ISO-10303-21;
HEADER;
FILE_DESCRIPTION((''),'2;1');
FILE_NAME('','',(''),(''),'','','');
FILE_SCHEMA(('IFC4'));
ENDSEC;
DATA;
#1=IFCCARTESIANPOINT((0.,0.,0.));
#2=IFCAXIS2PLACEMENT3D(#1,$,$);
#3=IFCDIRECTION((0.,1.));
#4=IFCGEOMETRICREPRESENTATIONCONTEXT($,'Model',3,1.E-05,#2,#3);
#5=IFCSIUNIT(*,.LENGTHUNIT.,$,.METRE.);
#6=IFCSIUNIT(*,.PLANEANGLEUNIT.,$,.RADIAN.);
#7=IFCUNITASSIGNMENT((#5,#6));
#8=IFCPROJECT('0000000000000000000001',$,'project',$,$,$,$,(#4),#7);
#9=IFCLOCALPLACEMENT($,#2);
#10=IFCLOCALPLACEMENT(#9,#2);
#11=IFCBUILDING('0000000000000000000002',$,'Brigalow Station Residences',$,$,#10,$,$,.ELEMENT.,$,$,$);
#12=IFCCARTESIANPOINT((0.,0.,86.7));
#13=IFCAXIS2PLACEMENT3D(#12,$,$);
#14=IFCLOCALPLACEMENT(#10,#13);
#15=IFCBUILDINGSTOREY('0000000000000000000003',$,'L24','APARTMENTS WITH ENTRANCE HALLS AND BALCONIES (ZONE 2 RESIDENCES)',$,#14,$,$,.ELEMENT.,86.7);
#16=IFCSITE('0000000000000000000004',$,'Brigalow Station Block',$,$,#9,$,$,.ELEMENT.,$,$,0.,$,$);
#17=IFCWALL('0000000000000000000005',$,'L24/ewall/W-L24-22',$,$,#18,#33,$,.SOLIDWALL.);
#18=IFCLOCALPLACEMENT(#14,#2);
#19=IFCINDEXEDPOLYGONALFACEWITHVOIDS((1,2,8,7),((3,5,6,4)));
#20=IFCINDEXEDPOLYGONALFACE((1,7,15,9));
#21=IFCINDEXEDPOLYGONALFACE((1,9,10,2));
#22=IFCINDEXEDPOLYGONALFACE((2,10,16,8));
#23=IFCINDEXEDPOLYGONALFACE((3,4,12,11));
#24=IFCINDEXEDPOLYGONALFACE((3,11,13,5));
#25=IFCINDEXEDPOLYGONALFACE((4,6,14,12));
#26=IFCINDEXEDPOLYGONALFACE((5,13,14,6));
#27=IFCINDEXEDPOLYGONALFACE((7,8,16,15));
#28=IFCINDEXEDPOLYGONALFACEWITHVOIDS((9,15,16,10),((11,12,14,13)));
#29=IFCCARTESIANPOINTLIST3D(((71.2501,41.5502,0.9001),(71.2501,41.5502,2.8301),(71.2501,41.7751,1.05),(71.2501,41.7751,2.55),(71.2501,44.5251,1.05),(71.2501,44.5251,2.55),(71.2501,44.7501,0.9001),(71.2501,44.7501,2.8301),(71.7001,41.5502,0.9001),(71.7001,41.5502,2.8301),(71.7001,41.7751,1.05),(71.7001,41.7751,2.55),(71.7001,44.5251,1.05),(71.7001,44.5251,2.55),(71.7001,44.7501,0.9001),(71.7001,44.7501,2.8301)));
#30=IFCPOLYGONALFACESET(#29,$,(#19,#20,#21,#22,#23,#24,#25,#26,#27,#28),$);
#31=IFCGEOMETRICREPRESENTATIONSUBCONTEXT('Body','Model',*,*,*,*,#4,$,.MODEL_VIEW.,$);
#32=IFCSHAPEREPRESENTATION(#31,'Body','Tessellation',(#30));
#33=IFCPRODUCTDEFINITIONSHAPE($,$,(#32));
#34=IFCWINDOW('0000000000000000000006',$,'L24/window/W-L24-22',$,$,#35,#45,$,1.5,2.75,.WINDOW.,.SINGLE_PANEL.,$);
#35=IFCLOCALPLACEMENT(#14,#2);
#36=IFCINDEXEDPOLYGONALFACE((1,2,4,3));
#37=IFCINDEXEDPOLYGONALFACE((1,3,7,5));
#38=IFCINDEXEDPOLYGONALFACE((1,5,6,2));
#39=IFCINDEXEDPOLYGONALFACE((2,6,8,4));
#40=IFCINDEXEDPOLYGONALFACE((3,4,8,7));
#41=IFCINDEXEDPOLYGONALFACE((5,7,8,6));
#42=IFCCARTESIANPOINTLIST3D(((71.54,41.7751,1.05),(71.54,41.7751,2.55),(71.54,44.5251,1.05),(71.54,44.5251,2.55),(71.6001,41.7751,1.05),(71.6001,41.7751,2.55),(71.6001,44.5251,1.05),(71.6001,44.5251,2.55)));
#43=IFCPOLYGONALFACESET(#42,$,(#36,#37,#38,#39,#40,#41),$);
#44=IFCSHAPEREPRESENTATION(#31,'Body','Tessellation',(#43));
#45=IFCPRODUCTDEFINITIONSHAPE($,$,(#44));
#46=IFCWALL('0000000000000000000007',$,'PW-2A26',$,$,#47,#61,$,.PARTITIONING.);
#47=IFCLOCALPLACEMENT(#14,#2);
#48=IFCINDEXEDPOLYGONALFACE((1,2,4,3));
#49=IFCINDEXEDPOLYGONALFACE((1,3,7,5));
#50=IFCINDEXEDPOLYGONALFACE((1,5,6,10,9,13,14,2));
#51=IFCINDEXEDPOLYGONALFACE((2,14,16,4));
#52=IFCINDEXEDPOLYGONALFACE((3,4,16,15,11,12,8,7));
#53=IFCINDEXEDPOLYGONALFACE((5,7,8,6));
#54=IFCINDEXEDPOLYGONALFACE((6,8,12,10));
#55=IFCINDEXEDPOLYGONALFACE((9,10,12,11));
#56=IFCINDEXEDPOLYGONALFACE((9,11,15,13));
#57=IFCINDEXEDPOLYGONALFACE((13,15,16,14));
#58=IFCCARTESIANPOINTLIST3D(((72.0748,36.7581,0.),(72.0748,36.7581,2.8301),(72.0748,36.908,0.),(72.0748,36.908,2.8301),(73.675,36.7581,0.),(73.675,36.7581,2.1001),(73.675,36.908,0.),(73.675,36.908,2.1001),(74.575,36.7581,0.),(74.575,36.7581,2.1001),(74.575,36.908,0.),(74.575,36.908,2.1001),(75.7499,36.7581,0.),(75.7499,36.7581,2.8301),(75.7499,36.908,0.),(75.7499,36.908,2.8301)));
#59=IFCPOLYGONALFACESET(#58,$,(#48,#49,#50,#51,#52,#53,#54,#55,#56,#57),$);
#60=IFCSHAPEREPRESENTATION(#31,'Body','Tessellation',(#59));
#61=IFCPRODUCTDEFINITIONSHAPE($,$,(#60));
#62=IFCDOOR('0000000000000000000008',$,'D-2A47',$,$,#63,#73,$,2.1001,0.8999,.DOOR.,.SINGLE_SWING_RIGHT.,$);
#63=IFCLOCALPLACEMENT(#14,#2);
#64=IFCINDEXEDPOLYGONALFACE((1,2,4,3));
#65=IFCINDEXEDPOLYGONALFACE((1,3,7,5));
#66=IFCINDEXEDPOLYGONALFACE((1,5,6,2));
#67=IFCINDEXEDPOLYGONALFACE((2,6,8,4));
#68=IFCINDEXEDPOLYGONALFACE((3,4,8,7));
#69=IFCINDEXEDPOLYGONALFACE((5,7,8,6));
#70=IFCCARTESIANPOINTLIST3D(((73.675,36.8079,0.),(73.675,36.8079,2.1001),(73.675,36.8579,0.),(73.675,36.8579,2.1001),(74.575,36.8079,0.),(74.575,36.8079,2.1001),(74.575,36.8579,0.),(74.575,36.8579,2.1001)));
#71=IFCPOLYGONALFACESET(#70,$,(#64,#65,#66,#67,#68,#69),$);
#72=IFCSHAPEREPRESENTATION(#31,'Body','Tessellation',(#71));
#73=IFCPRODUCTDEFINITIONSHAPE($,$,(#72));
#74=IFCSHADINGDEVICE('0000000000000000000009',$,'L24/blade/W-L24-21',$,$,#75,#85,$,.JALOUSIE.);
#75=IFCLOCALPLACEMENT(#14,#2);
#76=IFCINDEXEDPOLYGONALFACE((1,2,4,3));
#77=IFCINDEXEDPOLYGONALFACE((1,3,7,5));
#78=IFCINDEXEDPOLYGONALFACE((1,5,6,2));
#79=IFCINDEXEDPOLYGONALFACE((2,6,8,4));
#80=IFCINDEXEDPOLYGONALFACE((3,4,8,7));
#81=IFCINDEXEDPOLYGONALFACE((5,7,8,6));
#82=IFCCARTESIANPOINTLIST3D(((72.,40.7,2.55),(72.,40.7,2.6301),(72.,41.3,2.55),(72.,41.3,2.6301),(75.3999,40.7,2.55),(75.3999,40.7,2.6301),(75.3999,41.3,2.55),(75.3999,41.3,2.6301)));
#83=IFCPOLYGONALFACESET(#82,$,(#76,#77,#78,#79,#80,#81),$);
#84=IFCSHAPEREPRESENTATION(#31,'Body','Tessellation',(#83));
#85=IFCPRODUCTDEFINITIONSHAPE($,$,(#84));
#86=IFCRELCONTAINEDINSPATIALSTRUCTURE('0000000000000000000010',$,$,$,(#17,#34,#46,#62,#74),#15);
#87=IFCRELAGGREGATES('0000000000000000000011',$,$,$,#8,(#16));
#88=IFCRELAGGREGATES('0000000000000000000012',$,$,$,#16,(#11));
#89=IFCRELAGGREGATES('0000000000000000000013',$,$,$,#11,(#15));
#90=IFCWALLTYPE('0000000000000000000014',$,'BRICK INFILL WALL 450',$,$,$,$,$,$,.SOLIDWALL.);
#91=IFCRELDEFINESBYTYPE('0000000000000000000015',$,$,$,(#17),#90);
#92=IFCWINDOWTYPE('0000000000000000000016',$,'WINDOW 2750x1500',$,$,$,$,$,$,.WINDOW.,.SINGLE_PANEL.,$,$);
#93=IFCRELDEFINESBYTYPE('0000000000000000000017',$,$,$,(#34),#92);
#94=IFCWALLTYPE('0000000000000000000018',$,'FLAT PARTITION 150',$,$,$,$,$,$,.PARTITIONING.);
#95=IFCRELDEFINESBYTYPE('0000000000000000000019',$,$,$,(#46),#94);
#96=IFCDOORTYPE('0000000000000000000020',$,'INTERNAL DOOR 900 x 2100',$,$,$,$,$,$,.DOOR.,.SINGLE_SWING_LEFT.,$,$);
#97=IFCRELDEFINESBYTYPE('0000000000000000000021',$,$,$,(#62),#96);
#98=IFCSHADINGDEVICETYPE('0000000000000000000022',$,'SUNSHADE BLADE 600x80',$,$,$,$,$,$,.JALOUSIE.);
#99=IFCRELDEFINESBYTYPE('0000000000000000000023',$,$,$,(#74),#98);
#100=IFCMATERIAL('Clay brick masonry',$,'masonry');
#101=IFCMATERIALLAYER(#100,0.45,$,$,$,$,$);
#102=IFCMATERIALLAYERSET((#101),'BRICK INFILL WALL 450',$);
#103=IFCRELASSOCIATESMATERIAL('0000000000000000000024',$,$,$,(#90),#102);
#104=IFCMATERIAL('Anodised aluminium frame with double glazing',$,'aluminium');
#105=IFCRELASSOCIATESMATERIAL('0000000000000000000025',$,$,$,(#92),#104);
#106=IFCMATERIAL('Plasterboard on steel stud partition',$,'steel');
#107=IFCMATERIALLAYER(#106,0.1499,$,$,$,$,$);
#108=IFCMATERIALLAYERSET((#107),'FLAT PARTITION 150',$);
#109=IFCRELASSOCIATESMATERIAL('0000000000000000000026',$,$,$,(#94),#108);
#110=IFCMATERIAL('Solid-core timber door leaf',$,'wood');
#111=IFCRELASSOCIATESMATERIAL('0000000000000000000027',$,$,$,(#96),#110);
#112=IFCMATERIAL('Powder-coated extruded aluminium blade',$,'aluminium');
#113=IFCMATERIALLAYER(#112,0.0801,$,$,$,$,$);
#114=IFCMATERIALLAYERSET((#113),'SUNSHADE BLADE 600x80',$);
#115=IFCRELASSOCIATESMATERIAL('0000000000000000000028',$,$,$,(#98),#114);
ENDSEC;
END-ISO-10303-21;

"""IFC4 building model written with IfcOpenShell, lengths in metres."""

from ifc_helpers import new_model, si_unit, direction, frame, frame_2d, origin, origin_2d, place, context, subcontext, project, spatial, rectangle, extrude, material, layer, layer_set, type_object, element, fill, save


model = new_model("IFC4")

# Units and contexts
model_context = context("Model", 3, precision=1e-05, world=origin(), true_north=direction((0.0, 1.0)))
body_context = subcontext(model_context, "Body", "Model", "MODEL_VIEW")
ifc_project = project(units=[si_unit("LENGTHUNIT", "METRE"), si_unit("PLANEANGLEUNIT", "RADIAN")], contexts=[model_context])

# Site, building, storey
site_placement = place(None, origin())
site = spatial("IfcSite", under=ifc_project, at=site_placement, Name="Brigalow Station Block", CompositionType="ELEMENT", RefElevation=0.0)
building_placement = place(site_placement, origin())
building = spatial("IfcBuilding", under=site, at=building_placement, Name="Brigalow Station Residences", CompositionType="ELEMENT")
storey_placement = place(building_placement, frame((0.0, 0.0, 86.7)))
storey = spatial("IfcBuildingStorey", under=building, at=storey_placement, Name="L24", Description="APARTMENTS WITH ENTRANCE HALLS AND BALCONIES (ZONE 2 RESIDENCES)", CompositionType="ELEMENT", Elevation=86.7)

# Wall, opening, window
ifc_material_1 = material(Name="Clay brick masonry", Category="masonry")
ifc_layer_1 = layer(ifc_material_1, 0.45)
ifc_layer_set_1 = layer_set([ifc_layer_1], Name="BRICK INFILL WALL 450")
wall_type_1 = type_object("IfcWallType", Name="BRICK INFILL WALL 450", PredefinedType="SOLIDWALL", material=ifc_layer_set_1)
wall_1_placement = place(storey_placement, frame((71.4751, 41.55, 0.9001), z_axis=(0.0, 0.0, 1.0), x_axis=(0.0, 1.0, 0.0)))
wall_1 = element("IfcWall", 1, at=wall_1_placement, inside=storey, type_object=wall_type_1, Name="L24/ewall/W-L24-22", PredefinedType="SOLIDWALL", context=body_context, shape_type="SweptSolid", body=[
    extrude(rectangle(XDim=3.2, YDim=0.45, at=frame_2d((1.6001, 0.0))), origin(), (0.0, 0.0, 1.0), 1.9299),
])
opening_1_placement = place(wall_1_placement, frame((0.2251, 0.0, 0.1499)))
opening_1 = element("IfcOpeningElement", 2, at=opening_1_placement, cuts=wall_1, PredefinedType="OPENING", context=body_context, shape_type="SweptSolid", body=[
    extrude(rectangle(XDim=2.75, YDim=1.5, at=frame_2d((1.375, 0.75))), frame((0.0, 0.2349, 0.0), z_axis=(0.0, -1.0, 0.0), x_axis=(1.0, 0.0, 0.0)), (0.0, 0.0, 1.0), 0.47),
])
ifc_material_2 = material(Name="Anodised aluminium frame with double glazing", Category="aluminium")
window_type_1 = type_object("IfcWindowType", Name="WINDOW 2750x1500", PartitioningType="SINGLE_PANEL", PredefinedType="WINDOW", material=ifc_material_2)
window_1_placement = place(opening_1_placement, origin())
window_1 = element("IfcWindow", 3, at=window_1_placement, inside=storey, type_object=window_type_1, Name="L24/window/W-L24-22", OverallHeight=1.5, OverallWidth=2.75, PartitioningType="SINGLE_PANEL", PredefinedType="WINDOW", context=body_context, shape_type="SweptSolid", body=[
    extrude(rectangle(XDim=2.75, YDim=1.5, at=frame_2d((1.375, 0.75))), frame((0.0, -0.0649, 0.0), z_axis=(0.0, -1.0, 0.0), x_axis=(1.0, 0.0, 0.0)), (0.0, 0.0, 1.0), 0.0601),
])
fill(opening_1, window_1)

# Wall, opening, door
ifc_material_3 = material(Name="Plasterboard on steel stud partition", Category="steel")
ifc_layer_2 = layer(ifc_material_3, 0.1499)
ifc_layer_set_2 = layer_set([ifc_layer_2], Name="FLAT PARTITION 150")
wall_type_2 = type_object("IfcWallType", Name="FLAT PARTITION 150", PredefinedType="PARTITIONING", material=ifc_layer_set_2)
wall_2_placement = place(storey_placement, frame((72.075, 36.833, 0.0), z_axis=(0.0, 0.0, 1.0), x_axis=(1.0, 0.0, 0.0)))
wall_2 = element("IfcWall", 4, at=wall_2_placement, inside=storey, type_object=wall_type_2, Name="PW-2A26", PredefinedType="PARTITIONING", context=body_context, shape_type="SweptSolid", body=[
    extrude(rectangle(XDim=3.675, YDim=0.1499, at=frame_2d((1.8374, 0.0))), origin(), (0.0, 0.0, 1.0), 2.8301),
])
opening_2_placement = place(wall_2_placement, frame((1.6001, 0.0, 0.0)))
opening_2 = element("IfcOpeningElement", 5, at=opening_2_placement, cuts=wall_2, PredefinedType="OPENING", context=body_context, shape_type="SweptSolid", body=[
    extrude(rectangle(XDim=0.8999, YDim=2.1001, at=frame_2d((0.45, 1.05))), frame((0.0, 0.085, 0.0), z_axis=(0.0, -1.0, 0.0), x_axis=(1.0, 0.0, 0.0)), (0.0, 0.0, 1.0), 0.1699),
])
ifc_material_4 = material(Name="Solid-core timber door leaf", Category="wood")
door_type = type_object("IfcDoorType", Name="INTERNAL DOOR 900 x 2100", OperationType="SINGLE_SWING_LEFT", PredefinedType="DOOR", material=ifc_material_4)
door_placement = place(opening_2_placement, origin())
door = element("IfcDoor", 6, at=door_placement, inside=storey, type_object=door_type, Name="D-2A47", OperationType="SINGLE_SWING_RIGHT", OverallHeight=2.1001, OverallWidth=0.8999, PredefinedType="DOOR", context=body_context, shape_type="SweptSolid", body=[
    extrude(rectangle(XDim=0.8999, YDim=2.1001, at=frame_2d((0.45, 1.05))), frame((0.0, 0.0249, 0.0), z_axis=(0.0, -1.0, 0.0), x_axis=(1.0, 0.0, 0.0)), (0.0, 0.0, 1.0), 0.05),
])
fill(opening_2, door)

# Shading device
ifc_material_5 = material(Name="Powder-coated extruded aluminium blade", Category="aluminium")
ifc_layer_3 = layer(ifc_material_5, 0.0801)
ifc_layer_set_3 = layer_set([ifc_layer_3], Name="SUNSHADE BLADE 600x80")
shading_device_type = type_object("IfcShadingDeviceType", Name="SUNSHADE BLADE 600x80", PredefinedType="JALOUSIE", material=ifc_layer_set_3)
shading_device_placement = place(storey_placement, frame((73.7, 41.0, 2.55), z_axis=(0.0, 0.0, 1.0), x_axis=(-1.0, 0.0, 0.0)))
element("IfcShadingDevice", 7, at=shading_device_placement, inside=storey, type_object=shading_device_type, Name="L24/blade/W-L24-21", PredefinedType="JALOUSIE", context=body_context, shape_type="SweptSolid", body=[
    extrude(rectangle(XDim=3.3999, YDim=0.6001, at=origin_2d()), origin(), (0.0, 0.0, 1.0), 0.0801),
])

save(model, "model.ifc")
